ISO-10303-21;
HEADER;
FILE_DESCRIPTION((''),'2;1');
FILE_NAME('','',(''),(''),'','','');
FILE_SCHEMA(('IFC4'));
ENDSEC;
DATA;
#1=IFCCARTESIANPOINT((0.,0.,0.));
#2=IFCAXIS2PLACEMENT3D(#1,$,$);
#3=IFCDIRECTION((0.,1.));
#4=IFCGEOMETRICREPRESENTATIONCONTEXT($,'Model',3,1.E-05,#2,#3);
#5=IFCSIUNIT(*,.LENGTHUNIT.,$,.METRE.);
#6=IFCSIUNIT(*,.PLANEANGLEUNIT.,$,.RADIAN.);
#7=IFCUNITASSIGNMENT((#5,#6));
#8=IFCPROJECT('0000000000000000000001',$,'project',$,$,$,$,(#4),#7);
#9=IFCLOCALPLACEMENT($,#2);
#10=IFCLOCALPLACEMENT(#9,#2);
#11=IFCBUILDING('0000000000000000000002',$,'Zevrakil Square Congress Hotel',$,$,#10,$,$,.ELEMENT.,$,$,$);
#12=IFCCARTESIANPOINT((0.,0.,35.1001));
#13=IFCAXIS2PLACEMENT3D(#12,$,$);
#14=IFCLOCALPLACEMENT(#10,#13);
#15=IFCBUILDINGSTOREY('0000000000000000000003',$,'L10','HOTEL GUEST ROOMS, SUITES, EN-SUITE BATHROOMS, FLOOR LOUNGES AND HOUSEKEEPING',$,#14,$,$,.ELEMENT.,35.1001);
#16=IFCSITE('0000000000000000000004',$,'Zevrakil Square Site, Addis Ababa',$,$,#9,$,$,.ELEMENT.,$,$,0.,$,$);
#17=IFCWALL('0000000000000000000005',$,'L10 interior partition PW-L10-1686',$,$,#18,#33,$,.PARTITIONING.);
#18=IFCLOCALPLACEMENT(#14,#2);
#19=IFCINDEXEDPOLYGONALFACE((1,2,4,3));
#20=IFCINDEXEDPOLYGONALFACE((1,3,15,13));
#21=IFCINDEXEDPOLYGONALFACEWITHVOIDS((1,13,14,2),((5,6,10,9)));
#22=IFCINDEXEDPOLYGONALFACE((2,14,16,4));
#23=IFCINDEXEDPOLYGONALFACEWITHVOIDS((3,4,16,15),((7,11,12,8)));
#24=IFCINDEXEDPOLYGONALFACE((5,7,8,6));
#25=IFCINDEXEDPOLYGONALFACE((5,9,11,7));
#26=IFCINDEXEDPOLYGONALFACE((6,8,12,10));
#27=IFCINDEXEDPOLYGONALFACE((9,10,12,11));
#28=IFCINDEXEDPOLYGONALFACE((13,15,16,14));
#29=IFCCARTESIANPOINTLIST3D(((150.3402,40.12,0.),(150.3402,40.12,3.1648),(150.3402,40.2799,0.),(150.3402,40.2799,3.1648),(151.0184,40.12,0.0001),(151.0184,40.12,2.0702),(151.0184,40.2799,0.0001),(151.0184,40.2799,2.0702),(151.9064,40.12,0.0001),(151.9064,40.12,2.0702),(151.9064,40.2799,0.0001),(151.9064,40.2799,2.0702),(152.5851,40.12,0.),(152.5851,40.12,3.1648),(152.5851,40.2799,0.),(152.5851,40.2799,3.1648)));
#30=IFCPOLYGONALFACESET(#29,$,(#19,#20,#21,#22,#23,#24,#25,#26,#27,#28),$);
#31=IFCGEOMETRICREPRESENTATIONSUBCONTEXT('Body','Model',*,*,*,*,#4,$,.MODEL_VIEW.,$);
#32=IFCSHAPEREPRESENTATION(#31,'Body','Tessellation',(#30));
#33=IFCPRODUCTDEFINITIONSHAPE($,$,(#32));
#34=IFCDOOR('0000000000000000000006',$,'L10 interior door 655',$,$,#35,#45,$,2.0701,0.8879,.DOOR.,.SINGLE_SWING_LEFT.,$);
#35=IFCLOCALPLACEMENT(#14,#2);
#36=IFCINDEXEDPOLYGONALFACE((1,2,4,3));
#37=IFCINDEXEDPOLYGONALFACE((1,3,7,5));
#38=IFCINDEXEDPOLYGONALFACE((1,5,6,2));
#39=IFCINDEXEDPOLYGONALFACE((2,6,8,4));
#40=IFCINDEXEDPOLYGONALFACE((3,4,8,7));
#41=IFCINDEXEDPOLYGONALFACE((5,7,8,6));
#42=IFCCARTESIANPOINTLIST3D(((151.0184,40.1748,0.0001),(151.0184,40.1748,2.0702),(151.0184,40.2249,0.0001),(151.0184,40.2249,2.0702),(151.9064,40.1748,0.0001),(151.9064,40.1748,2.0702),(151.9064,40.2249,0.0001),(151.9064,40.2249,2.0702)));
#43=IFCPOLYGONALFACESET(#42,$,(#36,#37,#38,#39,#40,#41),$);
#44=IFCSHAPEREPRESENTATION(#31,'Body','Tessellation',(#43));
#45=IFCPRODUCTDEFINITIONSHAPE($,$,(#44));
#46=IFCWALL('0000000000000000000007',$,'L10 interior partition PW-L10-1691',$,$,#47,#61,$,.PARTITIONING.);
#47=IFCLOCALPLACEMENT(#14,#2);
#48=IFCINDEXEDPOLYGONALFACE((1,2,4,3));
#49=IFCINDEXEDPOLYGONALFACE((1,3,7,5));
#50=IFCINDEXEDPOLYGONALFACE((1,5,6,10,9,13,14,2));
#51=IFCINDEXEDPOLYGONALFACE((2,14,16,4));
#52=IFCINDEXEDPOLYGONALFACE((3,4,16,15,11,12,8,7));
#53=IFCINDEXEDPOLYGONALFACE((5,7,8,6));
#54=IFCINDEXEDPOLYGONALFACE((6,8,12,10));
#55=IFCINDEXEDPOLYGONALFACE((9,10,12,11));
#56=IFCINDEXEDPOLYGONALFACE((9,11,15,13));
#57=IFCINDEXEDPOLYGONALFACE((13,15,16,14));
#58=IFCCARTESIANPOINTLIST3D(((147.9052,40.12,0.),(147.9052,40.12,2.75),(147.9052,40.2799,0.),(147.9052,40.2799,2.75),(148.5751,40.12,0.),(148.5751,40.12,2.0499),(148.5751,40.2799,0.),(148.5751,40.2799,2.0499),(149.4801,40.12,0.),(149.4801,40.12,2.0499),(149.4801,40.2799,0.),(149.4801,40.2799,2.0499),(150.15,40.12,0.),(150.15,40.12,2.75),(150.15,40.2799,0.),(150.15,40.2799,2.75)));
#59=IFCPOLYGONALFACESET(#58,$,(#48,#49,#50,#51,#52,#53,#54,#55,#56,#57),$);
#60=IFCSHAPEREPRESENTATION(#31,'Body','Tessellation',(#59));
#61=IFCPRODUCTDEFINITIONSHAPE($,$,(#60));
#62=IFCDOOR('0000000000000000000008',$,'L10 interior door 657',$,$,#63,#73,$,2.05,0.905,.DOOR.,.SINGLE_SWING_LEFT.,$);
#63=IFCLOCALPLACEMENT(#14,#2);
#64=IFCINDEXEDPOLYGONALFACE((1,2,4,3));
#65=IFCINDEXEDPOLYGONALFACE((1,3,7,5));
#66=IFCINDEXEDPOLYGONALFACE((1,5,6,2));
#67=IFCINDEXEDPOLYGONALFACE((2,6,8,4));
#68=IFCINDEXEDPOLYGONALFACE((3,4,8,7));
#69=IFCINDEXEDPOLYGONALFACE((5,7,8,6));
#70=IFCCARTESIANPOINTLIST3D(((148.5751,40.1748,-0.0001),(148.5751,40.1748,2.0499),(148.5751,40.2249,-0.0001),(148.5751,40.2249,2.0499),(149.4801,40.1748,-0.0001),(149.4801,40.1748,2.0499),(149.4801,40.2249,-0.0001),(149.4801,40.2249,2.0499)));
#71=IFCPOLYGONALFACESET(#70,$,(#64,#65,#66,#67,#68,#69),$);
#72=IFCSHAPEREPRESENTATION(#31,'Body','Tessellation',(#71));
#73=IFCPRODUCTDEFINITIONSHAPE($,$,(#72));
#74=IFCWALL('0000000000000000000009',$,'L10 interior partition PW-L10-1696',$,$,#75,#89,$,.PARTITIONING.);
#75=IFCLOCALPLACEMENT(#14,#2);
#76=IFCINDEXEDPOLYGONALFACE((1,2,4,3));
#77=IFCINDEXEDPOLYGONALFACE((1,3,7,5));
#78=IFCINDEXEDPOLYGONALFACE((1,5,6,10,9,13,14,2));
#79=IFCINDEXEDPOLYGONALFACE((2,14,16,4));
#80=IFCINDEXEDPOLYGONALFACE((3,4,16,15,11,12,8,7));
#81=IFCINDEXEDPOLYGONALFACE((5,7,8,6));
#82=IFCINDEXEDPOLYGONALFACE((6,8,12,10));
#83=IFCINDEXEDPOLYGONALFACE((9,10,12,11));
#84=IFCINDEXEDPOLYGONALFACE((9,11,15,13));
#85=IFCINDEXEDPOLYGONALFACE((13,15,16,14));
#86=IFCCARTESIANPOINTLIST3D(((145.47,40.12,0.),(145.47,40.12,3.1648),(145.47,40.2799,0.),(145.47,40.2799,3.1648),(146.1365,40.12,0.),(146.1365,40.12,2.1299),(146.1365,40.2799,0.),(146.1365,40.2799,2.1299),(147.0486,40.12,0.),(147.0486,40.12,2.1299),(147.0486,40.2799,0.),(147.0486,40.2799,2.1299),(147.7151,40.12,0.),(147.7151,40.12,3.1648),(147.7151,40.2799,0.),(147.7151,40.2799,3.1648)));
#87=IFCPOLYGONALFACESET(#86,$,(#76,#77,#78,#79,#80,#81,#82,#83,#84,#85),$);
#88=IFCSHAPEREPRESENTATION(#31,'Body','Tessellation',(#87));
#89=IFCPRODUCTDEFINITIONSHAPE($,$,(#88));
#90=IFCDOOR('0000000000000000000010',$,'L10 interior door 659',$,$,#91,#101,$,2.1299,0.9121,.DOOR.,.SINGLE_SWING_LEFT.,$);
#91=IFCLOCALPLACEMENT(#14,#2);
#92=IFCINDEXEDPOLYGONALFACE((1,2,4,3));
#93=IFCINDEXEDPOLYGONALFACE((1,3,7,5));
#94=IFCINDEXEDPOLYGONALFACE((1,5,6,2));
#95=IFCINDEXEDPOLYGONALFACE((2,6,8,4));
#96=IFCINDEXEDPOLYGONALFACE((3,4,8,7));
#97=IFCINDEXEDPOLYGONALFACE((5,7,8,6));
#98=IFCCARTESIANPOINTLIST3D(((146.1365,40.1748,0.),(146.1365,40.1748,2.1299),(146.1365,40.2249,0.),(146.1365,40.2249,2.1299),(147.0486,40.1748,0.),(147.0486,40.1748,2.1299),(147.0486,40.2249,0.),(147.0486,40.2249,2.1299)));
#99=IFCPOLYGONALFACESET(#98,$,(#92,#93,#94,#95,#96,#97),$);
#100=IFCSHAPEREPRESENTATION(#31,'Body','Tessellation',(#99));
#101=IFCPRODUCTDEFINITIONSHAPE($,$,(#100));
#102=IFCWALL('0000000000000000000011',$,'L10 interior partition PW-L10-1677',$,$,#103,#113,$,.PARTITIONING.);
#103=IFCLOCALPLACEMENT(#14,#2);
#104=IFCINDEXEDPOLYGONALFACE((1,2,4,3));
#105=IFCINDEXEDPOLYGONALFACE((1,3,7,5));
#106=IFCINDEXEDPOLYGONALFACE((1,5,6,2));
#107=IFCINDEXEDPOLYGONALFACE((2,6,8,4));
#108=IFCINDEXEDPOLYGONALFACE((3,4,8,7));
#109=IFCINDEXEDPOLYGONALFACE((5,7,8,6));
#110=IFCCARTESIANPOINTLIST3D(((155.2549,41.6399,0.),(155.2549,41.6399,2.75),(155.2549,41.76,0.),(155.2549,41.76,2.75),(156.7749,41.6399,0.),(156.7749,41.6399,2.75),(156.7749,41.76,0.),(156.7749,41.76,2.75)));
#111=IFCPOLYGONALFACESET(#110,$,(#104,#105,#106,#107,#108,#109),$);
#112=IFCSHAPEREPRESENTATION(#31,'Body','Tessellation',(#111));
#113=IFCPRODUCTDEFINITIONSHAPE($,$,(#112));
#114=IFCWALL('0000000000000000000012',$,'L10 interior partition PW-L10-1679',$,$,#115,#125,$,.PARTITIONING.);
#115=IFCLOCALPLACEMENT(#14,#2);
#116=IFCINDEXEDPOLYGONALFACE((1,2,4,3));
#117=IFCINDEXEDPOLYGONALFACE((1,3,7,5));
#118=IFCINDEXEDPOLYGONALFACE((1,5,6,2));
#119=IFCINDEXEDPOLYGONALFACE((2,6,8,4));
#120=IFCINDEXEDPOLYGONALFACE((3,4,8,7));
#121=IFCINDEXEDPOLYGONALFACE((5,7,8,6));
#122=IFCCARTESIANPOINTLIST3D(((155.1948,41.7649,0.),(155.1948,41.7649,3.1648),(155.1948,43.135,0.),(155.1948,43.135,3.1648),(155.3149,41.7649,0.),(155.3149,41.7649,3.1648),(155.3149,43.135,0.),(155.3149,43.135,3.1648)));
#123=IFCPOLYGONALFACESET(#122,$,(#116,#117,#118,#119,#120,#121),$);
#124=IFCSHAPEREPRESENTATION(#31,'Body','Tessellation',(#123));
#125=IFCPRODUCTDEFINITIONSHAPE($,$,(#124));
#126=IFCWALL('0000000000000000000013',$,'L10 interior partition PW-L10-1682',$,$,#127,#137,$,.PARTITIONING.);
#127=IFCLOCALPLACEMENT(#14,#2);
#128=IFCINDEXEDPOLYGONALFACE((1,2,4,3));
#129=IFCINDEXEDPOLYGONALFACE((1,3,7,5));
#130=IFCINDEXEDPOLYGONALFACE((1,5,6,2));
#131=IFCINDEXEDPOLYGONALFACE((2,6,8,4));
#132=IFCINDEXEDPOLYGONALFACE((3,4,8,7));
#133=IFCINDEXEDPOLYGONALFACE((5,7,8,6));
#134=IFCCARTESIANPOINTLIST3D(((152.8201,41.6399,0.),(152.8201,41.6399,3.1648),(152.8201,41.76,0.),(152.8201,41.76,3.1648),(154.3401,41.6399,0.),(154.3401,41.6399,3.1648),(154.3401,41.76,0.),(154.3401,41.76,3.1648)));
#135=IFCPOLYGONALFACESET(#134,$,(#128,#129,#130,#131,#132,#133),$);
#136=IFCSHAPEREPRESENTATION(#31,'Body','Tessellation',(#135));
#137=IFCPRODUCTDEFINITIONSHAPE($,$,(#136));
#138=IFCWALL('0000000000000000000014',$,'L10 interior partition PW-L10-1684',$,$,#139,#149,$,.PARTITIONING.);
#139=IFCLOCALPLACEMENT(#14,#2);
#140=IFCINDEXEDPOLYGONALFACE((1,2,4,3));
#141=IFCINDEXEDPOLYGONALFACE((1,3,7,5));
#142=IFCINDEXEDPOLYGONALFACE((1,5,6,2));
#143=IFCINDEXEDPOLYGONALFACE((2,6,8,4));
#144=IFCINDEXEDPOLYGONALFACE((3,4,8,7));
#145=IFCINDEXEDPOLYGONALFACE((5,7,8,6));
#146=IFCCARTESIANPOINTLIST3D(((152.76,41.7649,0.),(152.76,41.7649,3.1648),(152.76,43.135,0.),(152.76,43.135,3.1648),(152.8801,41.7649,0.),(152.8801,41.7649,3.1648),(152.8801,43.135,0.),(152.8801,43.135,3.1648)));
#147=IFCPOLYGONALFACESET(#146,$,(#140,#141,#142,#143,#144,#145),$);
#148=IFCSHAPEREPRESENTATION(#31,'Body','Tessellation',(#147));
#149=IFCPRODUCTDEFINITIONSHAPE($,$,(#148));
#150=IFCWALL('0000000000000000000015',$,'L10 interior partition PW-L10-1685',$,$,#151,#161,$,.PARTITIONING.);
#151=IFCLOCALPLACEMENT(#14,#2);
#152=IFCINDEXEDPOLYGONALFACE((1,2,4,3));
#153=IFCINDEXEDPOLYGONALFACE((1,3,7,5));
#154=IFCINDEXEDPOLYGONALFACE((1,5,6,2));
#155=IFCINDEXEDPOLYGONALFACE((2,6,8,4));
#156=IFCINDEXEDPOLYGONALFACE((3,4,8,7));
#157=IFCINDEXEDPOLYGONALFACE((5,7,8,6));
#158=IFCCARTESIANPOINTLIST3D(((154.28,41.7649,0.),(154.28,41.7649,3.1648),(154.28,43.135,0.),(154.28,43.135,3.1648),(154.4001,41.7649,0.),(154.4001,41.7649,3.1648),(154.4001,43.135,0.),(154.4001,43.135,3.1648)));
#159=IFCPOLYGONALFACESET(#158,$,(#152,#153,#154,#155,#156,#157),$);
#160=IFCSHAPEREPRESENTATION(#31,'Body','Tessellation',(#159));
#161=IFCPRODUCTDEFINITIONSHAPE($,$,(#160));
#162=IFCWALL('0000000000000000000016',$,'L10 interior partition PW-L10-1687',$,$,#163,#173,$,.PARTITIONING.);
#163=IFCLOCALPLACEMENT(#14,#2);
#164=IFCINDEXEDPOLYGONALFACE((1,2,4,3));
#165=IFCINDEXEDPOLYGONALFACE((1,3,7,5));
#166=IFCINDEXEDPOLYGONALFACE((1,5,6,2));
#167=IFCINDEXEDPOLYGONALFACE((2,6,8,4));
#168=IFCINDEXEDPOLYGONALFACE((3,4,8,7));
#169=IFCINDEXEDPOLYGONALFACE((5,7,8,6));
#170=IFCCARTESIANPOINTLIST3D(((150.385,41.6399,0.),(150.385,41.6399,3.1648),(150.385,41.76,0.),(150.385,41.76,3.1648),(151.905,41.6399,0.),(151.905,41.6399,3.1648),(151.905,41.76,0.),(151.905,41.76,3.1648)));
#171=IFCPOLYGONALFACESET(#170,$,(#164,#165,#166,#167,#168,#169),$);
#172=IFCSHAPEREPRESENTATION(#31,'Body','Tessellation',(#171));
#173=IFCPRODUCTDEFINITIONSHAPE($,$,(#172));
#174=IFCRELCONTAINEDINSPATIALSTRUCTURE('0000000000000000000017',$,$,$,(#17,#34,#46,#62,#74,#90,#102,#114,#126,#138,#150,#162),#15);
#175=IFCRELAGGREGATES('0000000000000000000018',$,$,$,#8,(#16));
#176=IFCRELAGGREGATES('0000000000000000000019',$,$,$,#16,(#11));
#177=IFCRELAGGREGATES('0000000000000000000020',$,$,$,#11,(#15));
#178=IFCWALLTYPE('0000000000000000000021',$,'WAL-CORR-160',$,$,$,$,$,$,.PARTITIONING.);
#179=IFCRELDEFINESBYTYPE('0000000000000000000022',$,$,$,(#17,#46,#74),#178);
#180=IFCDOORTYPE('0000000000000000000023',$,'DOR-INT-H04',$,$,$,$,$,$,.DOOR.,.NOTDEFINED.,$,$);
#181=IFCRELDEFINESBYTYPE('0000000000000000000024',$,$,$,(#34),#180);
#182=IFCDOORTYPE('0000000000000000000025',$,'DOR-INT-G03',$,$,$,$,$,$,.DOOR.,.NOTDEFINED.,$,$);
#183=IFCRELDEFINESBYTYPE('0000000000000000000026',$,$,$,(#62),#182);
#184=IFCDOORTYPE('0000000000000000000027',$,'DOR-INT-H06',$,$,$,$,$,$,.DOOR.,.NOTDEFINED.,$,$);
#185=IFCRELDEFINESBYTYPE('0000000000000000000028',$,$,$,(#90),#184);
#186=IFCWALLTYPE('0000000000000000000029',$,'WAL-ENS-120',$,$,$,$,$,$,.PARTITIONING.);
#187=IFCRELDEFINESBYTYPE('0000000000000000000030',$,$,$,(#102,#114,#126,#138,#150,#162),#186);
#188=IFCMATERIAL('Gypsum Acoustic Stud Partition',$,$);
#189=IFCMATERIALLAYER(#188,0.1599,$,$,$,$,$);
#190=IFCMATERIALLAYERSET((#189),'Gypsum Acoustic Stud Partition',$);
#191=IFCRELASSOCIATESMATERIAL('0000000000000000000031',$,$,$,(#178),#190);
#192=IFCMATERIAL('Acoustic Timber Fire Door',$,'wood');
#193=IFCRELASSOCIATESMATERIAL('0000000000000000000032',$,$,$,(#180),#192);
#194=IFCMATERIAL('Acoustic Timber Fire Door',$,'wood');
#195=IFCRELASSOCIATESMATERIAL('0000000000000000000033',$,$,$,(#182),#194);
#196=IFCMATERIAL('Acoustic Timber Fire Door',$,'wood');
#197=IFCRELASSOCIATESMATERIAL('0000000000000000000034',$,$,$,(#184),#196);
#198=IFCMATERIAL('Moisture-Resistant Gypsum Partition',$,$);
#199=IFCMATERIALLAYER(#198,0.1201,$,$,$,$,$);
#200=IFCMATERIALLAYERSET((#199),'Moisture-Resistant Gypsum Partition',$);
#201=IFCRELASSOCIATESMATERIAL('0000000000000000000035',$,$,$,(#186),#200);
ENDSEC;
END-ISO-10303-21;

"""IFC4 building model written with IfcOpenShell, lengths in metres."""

from ifc_helpers import new_model, si_unit, direction, frame, frame_2d, origin, place, context, subcontext, project, spatial, rectangle, extrude, material, layer, layer_set, type_object, element, fill, save


model = new_model("IFC4")

# Units and contexts
model_context = context("Model", 3, precision=1e-05, world=origin(), true_north=direction((0.0, 1.0)))
body_context = subcontext(model_context, "Body", "Model", "MODEL_VIEW")
ifc_project = project(units=[si_unit("LENGTHUNIT", "METRE"), si_unit("PLANEANGLEUNIT", "RADIAN")], contexts=[model_context])

# Site, building, storey
site_placement = place(None, origin())
site = spatial("IfcSite", under=ifc_project, at=site_placement, Name="Zevrakil Square Site, Addis Ababa", CompositionType="ELEMENT", RefElevation=0.0)
building_placement = place(site_placement, origin())
building = spatial("IfcBuilding", under=site, at=building_placement, Name="Zevrakil Square Congress Hotel", CompositionType="ELEMENT")
storey_placement = place(building_placement, frame((0.0, 0.0, 35.1001)))
storey = spatial("IfcBuildingStorey", under=building, at=storey_placement, Name="L10", Description="HOTEL GUEST ROOMS, SUITES, EN-SUITE BATHROOMS, FLOOR LOUNGES AND HOUSEKEEPING", CompositionType="ELEMENT", Elevation=35.1001)

# Shared definitions
ifc_material_1 = material(Name="Gypsum Acoustic Stud Partition")
ifc_layer_1 = layer(ifc_material_1, 0.1599)
ifc_layer_set_1 = layer_set([ifc_layer_1], Name="Gypsum Acoustic Stud Partition")
wall_type_1 = type_object("IfcWallType", Name="WAL-CORR-160", PredefinedType="PARTITIONING", material=ifc_layer_set_1)

# Walls, openings, doors
wall_1_placement = place(storey_placement, frame((150.3401, 40.2, 0.0), z_axis=(0.0, 0.0, 1.0), x_axis=(1.0, 0.0, 0.0)))
wall_1 = element("IfcWall", 1, at=wall_1_placement, inside=storey, type_object=wall_type_1, Name="L10 interior partition PW-L10-1686", PredefinedType="PARTITIONING", context=body_context, shape_type="SweptSolid", body=[
    extrude(rectangle(XDim=2.2449, YDim=0.1599, at=frame_2d((1.1226, 0.0))), origin(), (0.0, 0.0, 1.0), 3.1648),
])
opening_1_placement = place(wall_1_placement, frame((0.6785, 0.0, 0.0)))
opening_1 = element("IfcOpeningElement", 2, at=opening_1_placement, cuts=wall_1, PredefinedType="OPENING", context=body_context, shape_type="SweptSolid", body=[
    extrude(rectangle(XDim=0.8879, YDim=2.0701, at=frame_2d((0.4438, 1.0352))), frame((0.0, 0.0898, 0.0), z_axis=(0.0, -1.0, 0.0), x_axis=(1.0, 0.0, 0.0)), (0.0, 0.0, 1.0), 0.1799),
])
ifc_material_2 = material(Name="Acoustic Timber Fire Door", Category="wood")
door_type_1 = type_object("IfcDoorType", Name="DOR-INT-H04", OperationType="NOTDEFINED", PredefinedType="DOOR", material=ifc_material_2)
door_1_placement = place(opening_1_placement, origin())
door_1 = element("IfcDoor", 3, at=door_1_placement, inside=storey, type_object=door_type_1, Name="L10 interior door 655", OperationType="SINGLE_SWING_LEFT", OverallHeight=2.0701, OverallWidth=0.8879, PredefinedType="DOOR", context=body_context, shape_type="SweptSolid", body=[
    extrude(rectangle(XDim=0.8879, YDim=2.0701, at=frame_2d((0.4438, 1.0352))), frame((0.0, 0.0249, 0.0), z_axis=(0.0, -1.0, 0.0), x_axis=(1.0, 0.0, 0.0)), (0.0, 0.0, 1.0), 0.05),
])
fill(opening_1, door_1)
wall_2_placement = place(storey_placement, frame((147.905, 40.2, 0.0), z_axis=(0.0, 0.0, 1.0), x_axis=(1.0, 0.0, 0.0)))
wall_2 = element("IfcWall", 4, at=wall_2_placement, inside=storey, type_object=wall_type_1, Name="L10 interior partition PW-L10-1691", PredefinedType="PARTITIONING", context=body_context, shape_type="SweptSolid", body=[
    extrude(rectangle(XDim=2.2449, YDim=0.1599, at=frame_2d((1.1226, 0.0))), origin(), (0.0, 0.0, 1.0), 2.75),
])
opening_2_placement = place(wall_2_placement, frame((0.6699, 0.0, 0.0)))
opening_2 = element("IfcOpeningElement", 5, at=opening_2_placement, cuts=wall_2, PredefinedType="OPENING", context=body_context, shape_type="SweptSolid", body=[
    extrude(rectangle(XDim=0.905, YDim=2.05, at=frame_2d((0.4526, 1.0249))), frame((0.0, 0.0898, 0.0), z_axis=(0.0, -1.0, 0.0), x_axis=(1.0, 0.0, 0.0)), (0.0, 0.0, 1.0), 0.1799),
])
ifc_material_3 = material(Name="Acoustic Timber Fire Door", Category="wood")
door_type_2 = type_object("IfcDoorType", Name="DOR-INT-G03", OperationType="NOTDEFINED", PredefinedType="DOOR", material=ifc_material_3)
door_2_placement = place(opening_2_placement, origin())
door_2 = element("IfcDoor", 6, at=door_2_placement, inside=storey, type_object=door_type_2, Name="L10 interior door 657", OperationType="SINGLE_SWING_LEFT", OverallHeight=2.05, OverallWidth=0.905, PredefinedType="DOOR", context=body_context, shape_type="SweptSolid", body=[
    extrude(rectangle(XDim=0.905, YDim=2.05, at=frame_2d((0.4526, 1.0249))), frame((0.0, 0.0249, 0.0), z_axis=(0.0, -1.0, 0.0), x_axis=(1.0, 0.0, 0.0)), (0.0, 0.0, 1.0), 0.05),
])
fill(opening_2, door_2)
wall_3_placement = place(storey_placement, frame((145.47, 40.2, 0.0), z_axis=(0.0, 0.0, 1.0), x_axis=(1.0, 0.0, 0.0)))
wall_3 = element("IfcWall", 7, at=wall_3_placement, inside=storey, type_object=wall_type_1, Name="L10 interior partition PW-L10-1696", PredefinedType="PARTITIONING", context=body_context, shape_type="SweptSolid", body=[
    extrude(rectangle(XDim=2.2451, YDim=0.1599, at=frame_2d((1.1226, 0.0))), origin(), (0.0, 0.0, 1.0), 3.1648),
])
opening_3_placement = place(wall_3_placement, frame((0.6665, 0.0, 0.0)))
opening_3 = element("IfcOpeningElement", 8, at=opening_3_placement, cuts=wall_3, PredefinedType="OPENING", context=body_context, shape_type="SweptSolid", body=[
    extrude(rectangle(XDim=0.9121, YDim=2.1299, at=frame_2d((0.4561, 1.0649))), frame((0.0, 0.0898, 0.0), z_axis=(0.0, -1.0, 0.0), x_axis=(1.0, 0.0, 0.0)), (0.0, 0.0, 1.0), 0.1799),
])
ifc_material_4 = material(Name="Acoustic Timber Fire Door", Category="wood")
door_type_3 = type_object("IfcDoorType", Name="DOR-INT-H06", OperationType="NOTDEFINED", PredefinedType="DOOR", material=ifc_material_4)
door_3_placement = place(opening_3_placement, origin())
door_3 = element("IfcDoor", 9, at=door_3_placement, inside=storey, type_object=door_type_3, Name="L10 interior door 659", OperationType="SINGLE_SWING_LEFT", OverallHeight=2.1299, OverallWidth=0.9121, PredefinedType="DOOR", context=body_context, shape_type="SweptSolid", body=[
    extrude(rectangle(XDim=0.9121, YDim=2.1299, at=frame_2d((0.4561, 1.0649))), frame((0.0, 0.0249, 0.0), z_axis=(0.0, -1.0, 0.0), x_axis=(1.0, 0.0, 0.0)), (0.0, 0.0, 1.0), 0.05),
])
fill(opening_3, door_3)

# Walls
ifc_material_5 = material(Name="Moisture-Resistant Gypsum Partition")
ifc_layer_2 = layer(ifc_material_5, 0.1201)
ifc_layer_set_2 = layer_set([ifc_layer_2], Name="Moisture-Resistant Gypsum Partition")
wall_type_2 = type_object("IfcWallType", Name="WAL-ENS-120", PredefinedType="PARTITIONING", material=ifc_layer_set_2)
wall_4_placement = place(storey_placement, frame((155.2549, 41.7, 0.0), z_axis=(0.0, 0.0, 1.0), x_axis=(1.0, 0.0, 0.0)))
element("IfcWall", 10, at=wall_4_placement, inside=storey, type_object=wall_type_2, Name="L10 interior partition PW-L10-1677", PredefinedType="PARTITIONING", context=body_context, shape_type="SweptSolid", body=[
    extrude(rectangle(XDim=1.52, YDim=0.1201, at=frame_2d((0.76, 0.0))), origin(), (0.0, 0.0, 1.0), 2.75),
])
wall_5_placement = place(storey_placement, frame((155.2549, 41.7649, 0.0), z_axis=(0.0, 0.0, 1.0), x_axis=(0.0, 1.0, 0.0)))
element("IfcWall", 11, at=wall_5_placement, inside=storey, type_object=wall_type_2, Name="L10 interior partition PW-L10-1679", PredefinedType="PARTITIONING", context=body_context, shape_type="SweptSolid", body=[
    extrude(rectangle(XDim=1.3701, YDim=0.1201, at=frame_2d((0.6851, 0.0))), origin(), (0.0, 0.0, 1.0), 3.1648),
])
wall_6_placement = place(storey_placement, frame((152.8201, 41.7, 0.0), z_axis=(0.0, 0.0, 1.0), x_axis=(1.0, 0.0, 0.0)))
element("IfcWall", 12, at=wall_6_placement, inside=storey, type_object=wall_type_2, Name="L10 interior partition PW-L10-1682", PredefinedType="PARTITIONING", context=body_context, shape_type="SweptSolid", body=[
    extrude(rectangle(XDim=1.52, YDim=0.1201, at=frame_2d((0.76, 0.0))), origin(), (0.0, 0.0, 1.0), 3.1648),
])
for number, where, z_axis, x_axis, name in (
    (13, (152.8201, 41.7649, 0.0), (0.0, 0.0, 1.0), (0.0, 1.0, 0.0), "L10 interior partition PW-L10-1684"),
    (14, (154.3401, 41.7649, 0.0), (0.0, 0.0, 1.0), (0.0, 1.0, 0.0), "L10 interior partition PW-L10-1685"),
):
    element("IfcWall", number, at=place(storey_placement, frame(where, z_axis=z_axis, x_axis=x_axis)), inside=storey, type_object=wall_type_2, Name=name, PredefinedType="PARTITIONING", context=body_context, shape_type="SweptSolid", body=[
        extrude(rectangle(XDim=1.3701, YDim=0.1201, at=frame_2d((0.6851, 0.0))), origin(), (0.0, 0.0, 1.0), 3.1648),
    ])
wall_7_placement = place(storey_placement, frame((150.385, 41.7, 0.0), z_axis=(0.0, 0.0, 1.0), x_axis=(1.0, 0.0, 0.0)))
element("IfcWall", 15, at=wall_7_placement, inside=storey, type_object=wall_type_2, Name="L10 interior partition PW-L10-1687", PredefinedType="PARTITIONING", context=body_context, shape_type="SweptSolid", body=[
    extrude(rectangle(XDim=1.52, YDim=0.1201, at=frame_2d((0.76, 0.0))), origin(), (0.0, 0.0, 1.0), 3.1648),
])

save(model, "model.ifc")
